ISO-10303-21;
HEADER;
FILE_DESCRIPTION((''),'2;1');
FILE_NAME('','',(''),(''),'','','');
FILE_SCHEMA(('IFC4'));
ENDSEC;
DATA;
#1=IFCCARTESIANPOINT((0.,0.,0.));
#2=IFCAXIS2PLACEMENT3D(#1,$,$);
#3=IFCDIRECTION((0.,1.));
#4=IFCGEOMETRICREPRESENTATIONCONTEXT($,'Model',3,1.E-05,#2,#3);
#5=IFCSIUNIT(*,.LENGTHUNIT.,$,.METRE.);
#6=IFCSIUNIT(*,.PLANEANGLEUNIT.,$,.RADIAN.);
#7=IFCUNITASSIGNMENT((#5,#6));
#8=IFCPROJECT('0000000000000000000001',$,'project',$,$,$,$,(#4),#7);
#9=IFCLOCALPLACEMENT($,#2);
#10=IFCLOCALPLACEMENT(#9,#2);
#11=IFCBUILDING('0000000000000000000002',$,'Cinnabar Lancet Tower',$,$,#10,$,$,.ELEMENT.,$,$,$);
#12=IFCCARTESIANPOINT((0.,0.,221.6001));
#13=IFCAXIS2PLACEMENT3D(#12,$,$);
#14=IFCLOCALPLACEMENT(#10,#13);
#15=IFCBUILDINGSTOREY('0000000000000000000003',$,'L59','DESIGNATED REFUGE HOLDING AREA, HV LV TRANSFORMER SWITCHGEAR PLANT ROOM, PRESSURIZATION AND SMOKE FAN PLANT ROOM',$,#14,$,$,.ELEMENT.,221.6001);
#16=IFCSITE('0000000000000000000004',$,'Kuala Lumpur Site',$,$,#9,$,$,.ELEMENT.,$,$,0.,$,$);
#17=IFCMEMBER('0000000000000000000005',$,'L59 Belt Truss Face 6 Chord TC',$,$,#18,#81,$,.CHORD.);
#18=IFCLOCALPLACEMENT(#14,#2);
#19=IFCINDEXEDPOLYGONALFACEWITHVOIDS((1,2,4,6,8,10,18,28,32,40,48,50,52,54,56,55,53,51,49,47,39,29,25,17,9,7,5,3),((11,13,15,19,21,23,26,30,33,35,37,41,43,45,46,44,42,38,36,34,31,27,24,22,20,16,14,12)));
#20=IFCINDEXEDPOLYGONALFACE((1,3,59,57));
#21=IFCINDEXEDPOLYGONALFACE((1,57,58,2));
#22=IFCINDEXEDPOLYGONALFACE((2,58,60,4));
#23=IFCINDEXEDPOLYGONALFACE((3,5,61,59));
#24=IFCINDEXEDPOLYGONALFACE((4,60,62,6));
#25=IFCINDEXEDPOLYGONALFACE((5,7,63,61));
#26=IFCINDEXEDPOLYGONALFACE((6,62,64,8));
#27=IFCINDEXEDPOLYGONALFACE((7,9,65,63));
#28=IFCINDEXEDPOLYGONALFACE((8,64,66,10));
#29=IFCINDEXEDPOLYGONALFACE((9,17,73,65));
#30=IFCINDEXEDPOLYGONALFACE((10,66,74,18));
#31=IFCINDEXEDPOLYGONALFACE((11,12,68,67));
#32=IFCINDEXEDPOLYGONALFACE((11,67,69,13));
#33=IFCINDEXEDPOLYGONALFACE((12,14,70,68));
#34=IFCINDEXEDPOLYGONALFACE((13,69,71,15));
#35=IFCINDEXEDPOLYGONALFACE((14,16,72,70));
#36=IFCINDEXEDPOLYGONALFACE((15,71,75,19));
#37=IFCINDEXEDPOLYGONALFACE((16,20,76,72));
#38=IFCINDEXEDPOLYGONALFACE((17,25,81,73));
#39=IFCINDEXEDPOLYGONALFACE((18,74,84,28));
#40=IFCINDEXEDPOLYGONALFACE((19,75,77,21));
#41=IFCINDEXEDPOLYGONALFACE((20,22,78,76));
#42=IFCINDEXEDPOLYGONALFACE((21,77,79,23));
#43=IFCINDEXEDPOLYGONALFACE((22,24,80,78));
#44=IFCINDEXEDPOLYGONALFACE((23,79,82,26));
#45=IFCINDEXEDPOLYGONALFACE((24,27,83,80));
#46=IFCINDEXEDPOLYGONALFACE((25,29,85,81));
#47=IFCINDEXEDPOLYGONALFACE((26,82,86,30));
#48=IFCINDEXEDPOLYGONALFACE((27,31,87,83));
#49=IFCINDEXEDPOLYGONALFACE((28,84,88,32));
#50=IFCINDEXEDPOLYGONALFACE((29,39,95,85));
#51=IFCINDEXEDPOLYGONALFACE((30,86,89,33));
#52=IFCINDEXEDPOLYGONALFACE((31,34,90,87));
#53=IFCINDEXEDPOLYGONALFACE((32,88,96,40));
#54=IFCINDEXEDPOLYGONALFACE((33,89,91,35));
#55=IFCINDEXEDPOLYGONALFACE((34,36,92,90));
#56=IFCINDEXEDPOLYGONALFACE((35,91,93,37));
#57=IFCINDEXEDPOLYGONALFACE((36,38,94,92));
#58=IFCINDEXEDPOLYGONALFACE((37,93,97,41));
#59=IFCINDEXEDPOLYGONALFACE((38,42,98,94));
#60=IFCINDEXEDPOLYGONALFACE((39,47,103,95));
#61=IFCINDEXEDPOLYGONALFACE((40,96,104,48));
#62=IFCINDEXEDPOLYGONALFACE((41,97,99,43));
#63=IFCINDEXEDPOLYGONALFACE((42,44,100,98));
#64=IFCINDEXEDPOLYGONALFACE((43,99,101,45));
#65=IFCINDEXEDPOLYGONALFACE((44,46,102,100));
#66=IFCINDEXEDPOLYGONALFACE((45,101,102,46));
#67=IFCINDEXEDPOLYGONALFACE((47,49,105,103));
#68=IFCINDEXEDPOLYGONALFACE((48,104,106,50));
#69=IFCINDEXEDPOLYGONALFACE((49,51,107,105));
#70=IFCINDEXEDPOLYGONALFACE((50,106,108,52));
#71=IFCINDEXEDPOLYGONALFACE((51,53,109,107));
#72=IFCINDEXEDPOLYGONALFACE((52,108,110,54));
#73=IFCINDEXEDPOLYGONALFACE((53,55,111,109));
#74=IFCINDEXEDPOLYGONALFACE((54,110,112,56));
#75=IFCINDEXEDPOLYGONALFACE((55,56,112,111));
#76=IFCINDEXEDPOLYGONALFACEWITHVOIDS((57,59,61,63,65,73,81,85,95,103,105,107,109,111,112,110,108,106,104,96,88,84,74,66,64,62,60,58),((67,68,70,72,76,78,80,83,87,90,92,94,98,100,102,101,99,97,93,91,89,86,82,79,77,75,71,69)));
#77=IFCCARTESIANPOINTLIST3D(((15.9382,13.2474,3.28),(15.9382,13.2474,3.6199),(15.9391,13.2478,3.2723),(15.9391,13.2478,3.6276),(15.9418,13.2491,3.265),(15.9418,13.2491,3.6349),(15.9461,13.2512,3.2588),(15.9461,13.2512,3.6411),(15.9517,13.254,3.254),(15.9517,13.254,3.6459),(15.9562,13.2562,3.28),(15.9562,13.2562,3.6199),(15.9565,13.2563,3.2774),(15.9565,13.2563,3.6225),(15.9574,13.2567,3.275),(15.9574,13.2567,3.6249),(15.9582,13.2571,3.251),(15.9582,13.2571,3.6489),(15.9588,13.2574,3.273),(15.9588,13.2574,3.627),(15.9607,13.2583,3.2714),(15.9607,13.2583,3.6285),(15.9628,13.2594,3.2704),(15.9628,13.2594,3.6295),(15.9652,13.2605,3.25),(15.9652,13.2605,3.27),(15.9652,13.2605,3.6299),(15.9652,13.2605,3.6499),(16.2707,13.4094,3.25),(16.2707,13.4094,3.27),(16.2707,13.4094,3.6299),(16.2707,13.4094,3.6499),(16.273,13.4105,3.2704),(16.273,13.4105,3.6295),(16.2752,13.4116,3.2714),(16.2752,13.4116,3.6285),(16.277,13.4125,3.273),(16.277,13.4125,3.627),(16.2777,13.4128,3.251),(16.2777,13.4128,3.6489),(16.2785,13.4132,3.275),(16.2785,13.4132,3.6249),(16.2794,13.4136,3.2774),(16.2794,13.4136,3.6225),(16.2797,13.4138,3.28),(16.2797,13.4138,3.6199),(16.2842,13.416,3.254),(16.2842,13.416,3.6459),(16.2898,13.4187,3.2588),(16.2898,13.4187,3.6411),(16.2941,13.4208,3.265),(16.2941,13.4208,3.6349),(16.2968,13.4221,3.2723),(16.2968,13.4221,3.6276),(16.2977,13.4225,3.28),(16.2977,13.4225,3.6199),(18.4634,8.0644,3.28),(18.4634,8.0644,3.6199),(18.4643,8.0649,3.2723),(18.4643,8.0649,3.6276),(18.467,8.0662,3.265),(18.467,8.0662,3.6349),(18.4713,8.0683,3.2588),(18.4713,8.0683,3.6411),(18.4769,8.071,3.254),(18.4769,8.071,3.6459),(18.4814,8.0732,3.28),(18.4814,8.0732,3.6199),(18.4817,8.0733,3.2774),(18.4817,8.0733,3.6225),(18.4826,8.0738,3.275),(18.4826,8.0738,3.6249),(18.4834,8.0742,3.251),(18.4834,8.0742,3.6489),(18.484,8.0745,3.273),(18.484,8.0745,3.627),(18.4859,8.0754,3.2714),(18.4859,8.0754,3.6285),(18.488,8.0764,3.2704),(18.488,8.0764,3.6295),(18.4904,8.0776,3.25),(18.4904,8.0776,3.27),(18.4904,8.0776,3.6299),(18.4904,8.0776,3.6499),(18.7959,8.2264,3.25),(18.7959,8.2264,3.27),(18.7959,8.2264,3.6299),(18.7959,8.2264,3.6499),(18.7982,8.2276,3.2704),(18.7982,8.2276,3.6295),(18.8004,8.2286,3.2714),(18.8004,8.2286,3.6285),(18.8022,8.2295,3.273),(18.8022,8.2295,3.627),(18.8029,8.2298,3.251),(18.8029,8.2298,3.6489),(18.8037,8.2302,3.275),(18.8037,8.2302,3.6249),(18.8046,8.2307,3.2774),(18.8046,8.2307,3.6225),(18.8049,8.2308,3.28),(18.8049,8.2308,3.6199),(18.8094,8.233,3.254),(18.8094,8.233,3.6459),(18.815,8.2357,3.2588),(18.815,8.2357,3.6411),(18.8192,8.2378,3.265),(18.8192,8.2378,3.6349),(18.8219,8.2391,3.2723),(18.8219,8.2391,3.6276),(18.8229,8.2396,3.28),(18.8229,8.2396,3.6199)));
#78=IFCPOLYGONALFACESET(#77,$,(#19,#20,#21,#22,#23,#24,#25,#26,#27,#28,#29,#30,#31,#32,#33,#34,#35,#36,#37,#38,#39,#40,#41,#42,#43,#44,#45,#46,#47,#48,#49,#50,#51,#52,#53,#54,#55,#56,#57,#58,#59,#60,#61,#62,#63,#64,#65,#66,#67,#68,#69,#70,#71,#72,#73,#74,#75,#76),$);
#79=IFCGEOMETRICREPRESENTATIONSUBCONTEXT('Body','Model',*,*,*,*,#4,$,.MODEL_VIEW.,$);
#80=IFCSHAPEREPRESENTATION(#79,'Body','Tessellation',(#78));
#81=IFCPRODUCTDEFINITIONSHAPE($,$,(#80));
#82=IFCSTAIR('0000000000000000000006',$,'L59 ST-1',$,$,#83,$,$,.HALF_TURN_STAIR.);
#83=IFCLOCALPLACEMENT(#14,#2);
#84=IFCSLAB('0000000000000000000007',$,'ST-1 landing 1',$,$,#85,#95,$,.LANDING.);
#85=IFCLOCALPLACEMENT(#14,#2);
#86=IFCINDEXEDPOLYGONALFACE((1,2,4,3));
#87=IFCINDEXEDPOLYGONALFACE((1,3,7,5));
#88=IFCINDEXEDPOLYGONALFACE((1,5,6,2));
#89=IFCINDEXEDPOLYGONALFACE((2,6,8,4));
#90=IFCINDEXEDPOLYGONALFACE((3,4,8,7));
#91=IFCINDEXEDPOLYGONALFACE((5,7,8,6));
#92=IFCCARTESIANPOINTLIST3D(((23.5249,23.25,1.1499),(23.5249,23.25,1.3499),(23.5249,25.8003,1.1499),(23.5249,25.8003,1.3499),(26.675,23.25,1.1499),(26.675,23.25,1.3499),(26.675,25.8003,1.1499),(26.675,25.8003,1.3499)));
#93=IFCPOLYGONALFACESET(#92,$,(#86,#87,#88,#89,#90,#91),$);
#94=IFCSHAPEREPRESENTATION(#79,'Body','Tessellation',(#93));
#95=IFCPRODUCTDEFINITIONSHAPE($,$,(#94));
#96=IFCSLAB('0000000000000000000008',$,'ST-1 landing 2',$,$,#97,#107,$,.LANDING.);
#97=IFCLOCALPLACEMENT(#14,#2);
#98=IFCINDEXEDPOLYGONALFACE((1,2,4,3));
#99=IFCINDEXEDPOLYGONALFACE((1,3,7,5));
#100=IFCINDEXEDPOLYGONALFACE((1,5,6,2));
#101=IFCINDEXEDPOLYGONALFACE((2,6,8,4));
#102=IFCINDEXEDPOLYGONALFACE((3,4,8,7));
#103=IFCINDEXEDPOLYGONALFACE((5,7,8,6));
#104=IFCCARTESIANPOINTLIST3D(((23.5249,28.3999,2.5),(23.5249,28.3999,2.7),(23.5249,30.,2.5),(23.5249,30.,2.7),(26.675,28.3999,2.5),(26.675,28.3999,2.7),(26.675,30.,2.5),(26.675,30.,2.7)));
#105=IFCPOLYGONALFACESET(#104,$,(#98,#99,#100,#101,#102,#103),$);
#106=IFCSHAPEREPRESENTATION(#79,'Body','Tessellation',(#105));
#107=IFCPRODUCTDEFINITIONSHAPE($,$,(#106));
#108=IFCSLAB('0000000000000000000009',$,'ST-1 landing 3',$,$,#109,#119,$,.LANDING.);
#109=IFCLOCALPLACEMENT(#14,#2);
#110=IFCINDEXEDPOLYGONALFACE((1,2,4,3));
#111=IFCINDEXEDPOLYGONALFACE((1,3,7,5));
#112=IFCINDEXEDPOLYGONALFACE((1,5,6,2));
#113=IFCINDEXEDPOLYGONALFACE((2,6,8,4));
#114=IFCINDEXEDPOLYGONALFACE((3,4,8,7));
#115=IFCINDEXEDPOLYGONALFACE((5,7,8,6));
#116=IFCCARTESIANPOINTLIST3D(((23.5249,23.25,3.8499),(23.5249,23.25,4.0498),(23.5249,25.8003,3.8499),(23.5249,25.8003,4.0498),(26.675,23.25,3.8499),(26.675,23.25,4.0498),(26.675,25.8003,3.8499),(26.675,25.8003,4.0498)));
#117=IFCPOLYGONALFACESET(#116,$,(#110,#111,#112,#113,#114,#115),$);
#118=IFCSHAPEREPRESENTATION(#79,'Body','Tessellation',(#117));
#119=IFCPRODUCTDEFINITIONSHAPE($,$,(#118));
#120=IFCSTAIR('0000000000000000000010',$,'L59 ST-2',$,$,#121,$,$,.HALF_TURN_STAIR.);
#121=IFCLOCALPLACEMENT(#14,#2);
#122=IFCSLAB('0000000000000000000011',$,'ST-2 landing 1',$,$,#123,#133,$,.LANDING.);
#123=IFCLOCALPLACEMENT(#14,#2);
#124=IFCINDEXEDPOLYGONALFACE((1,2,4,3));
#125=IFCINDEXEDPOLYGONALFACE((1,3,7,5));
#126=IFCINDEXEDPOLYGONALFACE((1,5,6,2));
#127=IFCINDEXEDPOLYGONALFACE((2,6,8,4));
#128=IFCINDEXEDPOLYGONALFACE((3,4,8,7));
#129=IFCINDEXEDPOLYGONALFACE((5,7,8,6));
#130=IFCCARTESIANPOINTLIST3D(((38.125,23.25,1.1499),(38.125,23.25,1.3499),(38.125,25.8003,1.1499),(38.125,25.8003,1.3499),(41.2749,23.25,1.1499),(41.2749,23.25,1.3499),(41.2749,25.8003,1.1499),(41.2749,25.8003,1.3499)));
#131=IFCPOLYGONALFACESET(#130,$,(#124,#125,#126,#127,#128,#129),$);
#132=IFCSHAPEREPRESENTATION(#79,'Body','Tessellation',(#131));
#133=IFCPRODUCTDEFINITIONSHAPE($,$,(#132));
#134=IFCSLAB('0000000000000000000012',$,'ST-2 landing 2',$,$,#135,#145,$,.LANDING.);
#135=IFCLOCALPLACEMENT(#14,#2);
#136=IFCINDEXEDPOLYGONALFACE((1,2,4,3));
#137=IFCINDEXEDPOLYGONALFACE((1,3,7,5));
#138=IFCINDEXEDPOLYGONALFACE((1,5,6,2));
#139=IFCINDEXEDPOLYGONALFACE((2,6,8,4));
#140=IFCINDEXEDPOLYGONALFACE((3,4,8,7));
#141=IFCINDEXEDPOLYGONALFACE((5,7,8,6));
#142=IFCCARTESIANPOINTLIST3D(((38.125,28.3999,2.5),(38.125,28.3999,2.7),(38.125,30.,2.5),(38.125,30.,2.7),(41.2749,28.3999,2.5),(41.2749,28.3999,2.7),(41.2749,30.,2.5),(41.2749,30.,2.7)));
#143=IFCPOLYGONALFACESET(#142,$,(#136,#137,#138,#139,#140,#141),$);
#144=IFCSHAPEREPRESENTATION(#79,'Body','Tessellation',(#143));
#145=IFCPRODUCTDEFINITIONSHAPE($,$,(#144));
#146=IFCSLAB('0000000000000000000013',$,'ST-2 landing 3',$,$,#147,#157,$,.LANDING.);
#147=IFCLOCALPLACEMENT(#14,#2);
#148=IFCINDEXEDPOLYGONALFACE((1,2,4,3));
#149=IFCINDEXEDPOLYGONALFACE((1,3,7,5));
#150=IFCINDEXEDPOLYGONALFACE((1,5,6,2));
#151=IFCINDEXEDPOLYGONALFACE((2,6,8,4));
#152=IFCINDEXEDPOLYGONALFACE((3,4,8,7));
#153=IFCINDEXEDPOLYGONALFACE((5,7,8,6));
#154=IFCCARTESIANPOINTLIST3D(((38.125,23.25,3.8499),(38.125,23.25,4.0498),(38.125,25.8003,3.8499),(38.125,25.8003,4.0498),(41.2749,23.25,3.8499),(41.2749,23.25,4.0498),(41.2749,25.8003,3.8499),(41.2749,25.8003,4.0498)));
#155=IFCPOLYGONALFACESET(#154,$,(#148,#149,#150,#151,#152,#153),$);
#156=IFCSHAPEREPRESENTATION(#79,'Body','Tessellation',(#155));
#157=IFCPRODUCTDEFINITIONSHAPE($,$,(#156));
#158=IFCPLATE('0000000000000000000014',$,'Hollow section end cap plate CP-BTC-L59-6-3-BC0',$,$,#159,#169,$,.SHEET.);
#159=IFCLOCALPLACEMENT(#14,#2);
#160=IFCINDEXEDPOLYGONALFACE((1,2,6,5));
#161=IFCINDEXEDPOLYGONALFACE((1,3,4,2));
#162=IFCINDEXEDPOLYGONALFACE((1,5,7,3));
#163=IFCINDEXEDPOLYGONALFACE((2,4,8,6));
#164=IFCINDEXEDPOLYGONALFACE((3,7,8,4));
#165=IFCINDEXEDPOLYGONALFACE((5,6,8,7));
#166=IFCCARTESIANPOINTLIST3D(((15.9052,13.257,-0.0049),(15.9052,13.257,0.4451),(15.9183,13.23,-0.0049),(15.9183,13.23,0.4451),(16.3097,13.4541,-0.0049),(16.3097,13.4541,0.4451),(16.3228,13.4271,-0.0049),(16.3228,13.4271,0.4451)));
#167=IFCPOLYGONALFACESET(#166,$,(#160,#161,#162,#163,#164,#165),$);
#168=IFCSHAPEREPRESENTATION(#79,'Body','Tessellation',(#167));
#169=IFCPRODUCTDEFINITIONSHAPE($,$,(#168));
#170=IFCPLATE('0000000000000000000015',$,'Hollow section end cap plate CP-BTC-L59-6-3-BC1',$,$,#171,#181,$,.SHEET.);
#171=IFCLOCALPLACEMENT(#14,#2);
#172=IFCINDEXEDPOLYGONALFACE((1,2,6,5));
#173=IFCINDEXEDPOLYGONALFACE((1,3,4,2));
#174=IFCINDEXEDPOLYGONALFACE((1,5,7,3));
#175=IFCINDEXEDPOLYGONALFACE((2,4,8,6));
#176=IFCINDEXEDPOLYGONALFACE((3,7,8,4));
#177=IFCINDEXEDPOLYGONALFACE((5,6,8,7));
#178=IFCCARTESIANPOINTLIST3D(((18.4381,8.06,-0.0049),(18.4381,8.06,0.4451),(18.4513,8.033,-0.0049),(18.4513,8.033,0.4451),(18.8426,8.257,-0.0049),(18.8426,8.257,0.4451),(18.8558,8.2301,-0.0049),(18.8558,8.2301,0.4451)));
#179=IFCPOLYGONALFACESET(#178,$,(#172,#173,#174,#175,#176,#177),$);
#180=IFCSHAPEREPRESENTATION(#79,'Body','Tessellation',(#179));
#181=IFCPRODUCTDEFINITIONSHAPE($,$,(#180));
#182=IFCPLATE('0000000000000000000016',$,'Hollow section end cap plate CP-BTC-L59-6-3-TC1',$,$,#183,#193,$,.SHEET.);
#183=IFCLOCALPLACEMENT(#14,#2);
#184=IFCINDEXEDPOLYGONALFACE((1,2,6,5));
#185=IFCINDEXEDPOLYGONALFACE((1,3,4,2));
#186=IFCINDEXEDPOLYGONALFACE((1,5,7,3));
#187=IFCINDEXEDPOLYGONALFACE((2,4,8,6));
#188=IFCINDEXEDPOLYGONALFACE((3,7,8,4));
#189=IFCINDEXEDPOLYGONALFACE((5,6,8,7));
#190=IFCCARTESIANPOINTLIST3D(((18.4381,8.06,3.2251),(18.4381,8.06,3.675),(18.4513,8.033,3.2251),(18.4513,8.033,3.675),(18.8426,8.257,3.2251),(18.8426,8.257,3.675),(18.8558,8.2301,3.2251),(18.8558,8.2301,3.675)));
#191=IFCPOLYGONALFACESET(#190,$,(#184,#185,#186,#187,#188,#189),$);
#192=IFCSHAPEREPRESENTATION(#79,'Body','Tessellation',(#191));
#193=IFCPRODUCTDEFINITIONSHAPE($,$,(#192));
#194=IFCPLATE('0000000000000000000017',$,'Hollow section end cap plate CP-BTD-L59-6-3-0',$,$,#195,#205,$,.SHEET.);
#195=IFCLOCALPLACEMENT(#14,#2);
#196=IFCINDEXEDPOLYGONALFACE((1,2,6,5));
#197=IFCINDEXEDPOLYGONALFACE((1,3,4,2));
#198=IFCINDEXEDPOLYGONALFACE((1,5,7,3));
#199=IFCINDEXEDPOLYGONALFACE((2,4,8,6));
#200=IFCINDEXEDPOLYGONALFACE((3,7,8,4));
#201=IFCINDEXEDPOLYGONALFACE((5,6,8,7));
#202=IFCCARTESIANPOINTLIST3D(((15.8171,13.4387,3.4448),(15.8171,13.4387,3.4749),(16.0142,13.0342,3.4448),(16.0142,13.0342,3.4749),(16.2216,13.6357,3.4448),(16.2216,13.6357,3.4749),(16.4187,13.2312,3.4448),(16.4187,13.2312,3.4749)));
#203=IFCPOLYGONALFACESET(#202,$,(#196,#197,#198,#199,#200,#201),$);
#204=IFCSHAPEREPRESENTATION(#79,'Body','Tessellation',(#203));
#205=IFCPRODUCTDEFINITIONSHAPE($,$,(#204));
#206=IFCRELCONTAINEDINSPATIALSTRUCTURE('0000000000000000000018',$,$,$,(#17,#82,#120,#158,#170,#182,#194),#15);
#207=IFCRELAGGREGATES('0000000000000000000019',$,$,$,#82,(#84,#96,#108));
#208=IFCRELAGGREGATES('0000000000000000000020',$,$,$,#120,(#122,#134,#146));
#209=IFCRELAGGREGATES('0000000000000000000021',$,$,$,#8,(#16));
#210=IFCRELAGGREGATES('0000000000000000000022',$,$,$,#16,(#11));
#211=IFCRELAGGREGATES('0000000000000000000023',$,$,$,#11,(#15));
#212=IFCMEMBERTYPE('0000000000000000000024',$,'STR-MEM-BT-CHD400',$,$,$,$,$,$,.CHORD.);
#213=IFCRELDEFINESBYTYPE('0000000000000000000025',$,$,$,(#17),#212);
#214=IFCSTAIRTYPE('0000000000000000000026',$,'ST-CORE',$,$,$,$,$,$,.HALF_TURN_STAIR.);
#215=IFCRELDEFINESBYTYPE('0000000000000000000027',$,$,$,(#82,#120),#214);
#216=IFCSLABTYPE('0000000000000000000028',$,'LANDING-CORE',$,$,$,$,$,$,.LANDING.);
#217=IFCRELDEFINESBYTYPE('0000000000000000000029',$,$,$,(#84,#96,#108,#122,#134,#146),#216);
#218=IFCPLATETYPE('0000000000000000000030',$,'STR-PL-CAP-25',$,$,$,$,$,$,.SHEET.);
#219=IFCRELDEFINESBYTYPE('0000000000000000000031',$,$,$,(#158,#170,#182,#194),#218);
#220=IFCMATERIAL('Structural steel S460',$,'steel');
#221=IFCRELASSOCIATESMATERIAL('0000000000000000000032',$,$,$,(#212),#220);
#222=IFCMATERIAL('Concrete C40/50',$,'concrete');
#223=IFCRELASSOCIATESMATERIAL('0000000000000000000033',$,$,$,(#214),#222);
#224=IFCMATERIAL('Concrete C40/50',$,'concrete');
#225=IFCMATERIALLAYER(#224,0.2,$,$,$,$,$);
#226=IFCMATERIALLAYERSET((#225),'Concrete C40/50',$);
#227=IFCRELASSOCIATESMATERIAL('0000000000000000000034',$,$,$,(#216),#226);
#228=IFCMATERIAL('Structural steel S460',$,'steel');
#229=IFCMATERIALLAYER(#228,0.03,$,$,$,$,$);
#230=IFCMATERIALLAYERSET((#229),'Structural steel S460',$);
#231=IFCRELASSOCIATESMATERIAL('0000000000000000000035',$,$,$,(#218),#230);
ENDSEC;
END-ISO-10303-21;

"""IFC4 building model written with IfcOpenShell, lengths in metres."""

from ifc_helpers import new_model, si_unit, direction, frame, origin, origin_2d, place, context, subcontext, project, spatial, polyline, rectangle, hollow_rectangle, outline, extrude, material, layer, layer_set, material_profile, profile_set, type_object, element, aggregate, save


model = new_model("IFC4")

# Units and contexts
model_context = context("Model", 3, precision=1e-05, world=origin(), true_north=direction((0.0, 1.0)))
body_context = subcontext(model_context, "Body", "Model", "MODEL_VIEW")
ifc_project = project(units=[si_unit("LENGTHUNIT", "METRE"), si_unit("PLANEANGLEUNIT", "RADIAN")], contexts=[model_context])

# Site, building, storey
site_placement = place(None, origin())
site = spatial("IfcSite", under=ifc_project, at=site_placement, Name="Kuala Lumpur Site", CompositionType="ELEMENT", RefElevation=0.0)
building_placement = place(site_placement, origin())
building = spatial("IfcBuilding", under=site, at=building_placement, Name="Cinnabar Lancet Tower", CompositionType="ELEMENT")
storey_placement = place(building_placement, frame((0.0, 0.0, 221.6001)))
storey = spatial("IfcBuildingStorey", under=building, at=storey_placement, Name="L59", Description="DESIGNATED REFUGE HOLDING AREA, HV LV TRANSFORMER SWITCHGEAR PLANT ROOM, PRESSURIZATION AND SMOKE FAN PLANT ROOM", CompositionType="ELEMENT", Elevation=221.6001)

# Member
ifc_material_1 = material(Name="Structural steel S460", Category="steel")
ifc_material_profile_1 = material_profile(ifc_material_1, hollow_rectangle(XDim=0.3999, YDim=0.3999, WallThickness=0.02, InnerFilletRadius=0.01, OuterFilletRadius=0.03, at=origin_2d()), Name="SHS 400x400x20")
ifc_profile_set_1 = profile_set([ifc_material_profile_1], Name="Structural steel S460")
member_type_1 = type_object("IfcMemberType", Name="STR-MEM-BT-CHD400", PredefinedType="CHORD", material=ifc_profile_set_1)
for number, where, z_axis, x_axis, name in (
    (1, (16.1179, 13.335, 3.45), (0.437992, -0.898979, 0.0), (0.898979, 0.437992, 0.0), "L59 Belt Truss Face 6 Chord TC"),
):
    element("IfcMember", number, at=place(storey_placement, frame(where, z_axis=z_axis, x_axis=x_axis)), inside=storey, type_object=member_type_1, Name=name, PredefinedType="CHORD", context=body_context, shape_type="SweptSolid", body=[
        extrude(hollow_rectangle(XDim=0.3999, YDim=0.3999, WallThickness=0.02, InnerFilletRadius=0.01, OuterFilletRadius=0.03, at=origin_2d()), origin(), (0.0, 0.0, 1.0), 5.7654),
    ])

# Stairs, slabs
ifc_material_2 = material(Name="Concrete C40/50", Category="concrete")
stair_type = type_object("IfcStairType", Name="ST-CORE", PredefinedType="HALF_TURN_STAIR", material=ifc_material_2)
stair_1_placement = place(storey_placement, origin())
stair_1 = element("IfcStair", 2, at=stair_1_placement, inside=storey, type_object=stair_type, Name="L59 ST-1", PredefinedType="HALF_TURN_STAIR")
ifc_material_3 = material(Name="Concrete C40/50", Category="concrete")
ifc_layer_1 = layer(ifc_material_3, 0.2)
ifc_layer_set_1 = layer_set([ifc_layer_1], Name="Concrete C40/50")
slab_type_1 = type_object("IfcSlabType", Name="LANDING-CORE", PredefinedType="LANDING", material=ifc_layer_set_1)
slab_1_placement = place(storey_placement, frame((0.0, 0.0, 1.1499)))
slab_1 = element("IfcSlab", 3, at=slab_1_placement, type_object=slab_type_1, Name="ST-1 landing 1", PredefinedType="LANDING", context=body_context, shape_type="SweptSolid", body=[
    extrude(outline(polyline([(23.5249, 25.8003), (23.5249, 23.25), (26.675, 23.25), (26.675, 25.8003), (23.5249, 25.8003)])), origin(), (0.0, 0.0, 1.0), 0.2),
])
slab_2_placement = place(storey_placement, frame((0.0, 0.0, 2.5)))
slab_2 = element("IfcSlab", 4, at=slab_2_placement, type_object=slab_type_1, Name="ST-1 landing 2", PredefinedType="LANDING", context=body_context, shape_type="SweptSolid", body=[
    extrude(outline(polyline([(23.5249, 30.0), (23.5249, 28.3999), (26.675, 28.3999), (26.675, 30.0), (23.5249, 30.0)])), origin(), (0.0, 0.0, 1.0), 0.2),
])
slab_3_placement = place(storey_placement, frame((0.0, 0.0, 3.8499)))
slab_3 = element("IfcSlab", 5, at=slab_3_placement, type_object=slab_type_1, Name="ST-1 landing 3", PredefinedType="LANDING", context=body_context, shape_type="SweptSolid", body=[
    extrude(outline(polyline([(23.5249, 25.8003), (23.5249, 23.25), (26.675, 23.25), (26.675, 25.8003), (23.5249, 25.8003)])), origin(), (0.0, 0.0, 1.0), 0.2),
])
aggregate(stair_1, [slab_1, slab_2, slab_3])
stair_2_placement = place(storey_placement, origin())
stair_2 = element("IfcStair", 6, at=stair_2_placement, inside=storey, type_object=stair_type, Name="L59 ST-2", PredefinedType="HALF_TURN_STAIR")
slab_4_placement = place(storey_placement, frame((0.0, 0.0, 1.1499)))
slab_4 = element("IfcSlab", 7, at=slab_4_placement, type_object=slab_type_1, Name="ST-2 landing 1", PredefinedType="LANDING", context=body_context, shape_type="SweptSolid", body=[
    extrude(outline(polyline([(38.125, 25.8003), (38.125, 23.25), (41.2749, 23.25), (41.2749, 25.8003), (38.125, 25.8003)])), origin(), (0.0, 0.0, 1.0), 0.2),
])
slab_5_placement = place(storey_placement, frame((0.0, 0.0, 2.5)))
slab_5 = element("IfcSlab", 8, at=slab_5_placement, type_object=slab_type_1, Name="ST-2 landing 2", PredefinedType="LANDING", context=body_context, shape_type="SweptSolid", body=[
    extrude(outline(polyline([(38.125, 30.0), (38.125, 28.3999), (41.2749, 28.3999), (41.2749, 30.0), (38.125, 30.0)])), origin(), (0.0, 0.0, 1.0), 0.2),
])
slab_6_placement = place(storey_placement, frame((0.0, 0.0, 3.8499)))
slab_6 = element("IfcSlab", 9, at=slab_6_placement, type_object=slab_type_1, Name="ST-2 landing 3", PredefinedType="LANDING", context=body_context, shape_type="SweptSolid", body=[
    extrude(outline(polyline([(38.125, 25.8003), (38.125, 23.25), (41.2749, 23.25), (41.2749, 25.8003), (38.125, 25.8003)])), origin(), (0.0, 0.0, 1.0), 0.2),
])
aggregate(stair_2, [slab_4, slab_5, slab_6])

# Plates
ifc_material_4 = material(Name="Structural steel S460", Category="steel")
ifc_layer_2 = layer(ifc_material_4, 0.03)
ifc_layer_set_2 = layer_set([ifc_layer_2], Name="Structural steel S460")
plate_type = type_object("IfcPlateType", Name="STR-PL-CAP-25", PredefinedType="SHEET", material=ifc_layer_set_2)
for number, where, z_axis, x_axis, name in (
    (10, (16.114, 13.342, -0.0049), (0.0, 0.0, 1.0), (-0.437963, 0.898993, 0.0), "Hollow section end cap plate CP-BTC-L59-6-3-BC0"),
    (11, (18.647, 8.145, -0.0049), (0.0, 0.0, 1.0), (0.437963, -0.898993, 0.0), "Hollow section end cap plate CP-BTC-L59-6-3-BC1"),
    (12, (18.647, 8.145, 3.2251), (0.0, 0.0, 1.0), (0.437963, -0.898993, 0.0), "Hollow section end cap plate CP-BTC-L59-6-3-TC1"),
):
    element("IfcPlate", number, at=place(storey_placement, frame(where, z_axis=z_axis, x_axis=x_axis)), inside=storey, type_object=plate_type, Name=name, PredefinedType="SHEET", context=body_context, shape_type="SweptSolid", body=[
        extrude(rectangle(XDim=0.03, YDim=0.45, at=origin_2d()), origin(), (0.0, 0.0, 1.0), 0.45),
    ])
for number, where, z_axis, x_axis, name in (
    (13, (16.1179, 13.335, 3.4448), (0.0, 0.0, 1.0), (-0.437963, 0.898993, 0.0), "Hollow section end cap plate CP-BTD-L59-6-3-0"),
):
    element("IfcPlate", number, at=place(storey_placement, frame(where, z_axis=z_axis, x_axis=x_axis)), inside=storey, type_object=plate_type, Name=name, PredefinedType="SHEET", context=body_context, shape_type="SweptSolid", body=[
        extrude(rectangle(XDim=0.45, YDim=0.45, at=origin_2d()), origin(), (0.0, 0.0, 1.0), 0.03),
    ])

save(model, "model.ifc")
